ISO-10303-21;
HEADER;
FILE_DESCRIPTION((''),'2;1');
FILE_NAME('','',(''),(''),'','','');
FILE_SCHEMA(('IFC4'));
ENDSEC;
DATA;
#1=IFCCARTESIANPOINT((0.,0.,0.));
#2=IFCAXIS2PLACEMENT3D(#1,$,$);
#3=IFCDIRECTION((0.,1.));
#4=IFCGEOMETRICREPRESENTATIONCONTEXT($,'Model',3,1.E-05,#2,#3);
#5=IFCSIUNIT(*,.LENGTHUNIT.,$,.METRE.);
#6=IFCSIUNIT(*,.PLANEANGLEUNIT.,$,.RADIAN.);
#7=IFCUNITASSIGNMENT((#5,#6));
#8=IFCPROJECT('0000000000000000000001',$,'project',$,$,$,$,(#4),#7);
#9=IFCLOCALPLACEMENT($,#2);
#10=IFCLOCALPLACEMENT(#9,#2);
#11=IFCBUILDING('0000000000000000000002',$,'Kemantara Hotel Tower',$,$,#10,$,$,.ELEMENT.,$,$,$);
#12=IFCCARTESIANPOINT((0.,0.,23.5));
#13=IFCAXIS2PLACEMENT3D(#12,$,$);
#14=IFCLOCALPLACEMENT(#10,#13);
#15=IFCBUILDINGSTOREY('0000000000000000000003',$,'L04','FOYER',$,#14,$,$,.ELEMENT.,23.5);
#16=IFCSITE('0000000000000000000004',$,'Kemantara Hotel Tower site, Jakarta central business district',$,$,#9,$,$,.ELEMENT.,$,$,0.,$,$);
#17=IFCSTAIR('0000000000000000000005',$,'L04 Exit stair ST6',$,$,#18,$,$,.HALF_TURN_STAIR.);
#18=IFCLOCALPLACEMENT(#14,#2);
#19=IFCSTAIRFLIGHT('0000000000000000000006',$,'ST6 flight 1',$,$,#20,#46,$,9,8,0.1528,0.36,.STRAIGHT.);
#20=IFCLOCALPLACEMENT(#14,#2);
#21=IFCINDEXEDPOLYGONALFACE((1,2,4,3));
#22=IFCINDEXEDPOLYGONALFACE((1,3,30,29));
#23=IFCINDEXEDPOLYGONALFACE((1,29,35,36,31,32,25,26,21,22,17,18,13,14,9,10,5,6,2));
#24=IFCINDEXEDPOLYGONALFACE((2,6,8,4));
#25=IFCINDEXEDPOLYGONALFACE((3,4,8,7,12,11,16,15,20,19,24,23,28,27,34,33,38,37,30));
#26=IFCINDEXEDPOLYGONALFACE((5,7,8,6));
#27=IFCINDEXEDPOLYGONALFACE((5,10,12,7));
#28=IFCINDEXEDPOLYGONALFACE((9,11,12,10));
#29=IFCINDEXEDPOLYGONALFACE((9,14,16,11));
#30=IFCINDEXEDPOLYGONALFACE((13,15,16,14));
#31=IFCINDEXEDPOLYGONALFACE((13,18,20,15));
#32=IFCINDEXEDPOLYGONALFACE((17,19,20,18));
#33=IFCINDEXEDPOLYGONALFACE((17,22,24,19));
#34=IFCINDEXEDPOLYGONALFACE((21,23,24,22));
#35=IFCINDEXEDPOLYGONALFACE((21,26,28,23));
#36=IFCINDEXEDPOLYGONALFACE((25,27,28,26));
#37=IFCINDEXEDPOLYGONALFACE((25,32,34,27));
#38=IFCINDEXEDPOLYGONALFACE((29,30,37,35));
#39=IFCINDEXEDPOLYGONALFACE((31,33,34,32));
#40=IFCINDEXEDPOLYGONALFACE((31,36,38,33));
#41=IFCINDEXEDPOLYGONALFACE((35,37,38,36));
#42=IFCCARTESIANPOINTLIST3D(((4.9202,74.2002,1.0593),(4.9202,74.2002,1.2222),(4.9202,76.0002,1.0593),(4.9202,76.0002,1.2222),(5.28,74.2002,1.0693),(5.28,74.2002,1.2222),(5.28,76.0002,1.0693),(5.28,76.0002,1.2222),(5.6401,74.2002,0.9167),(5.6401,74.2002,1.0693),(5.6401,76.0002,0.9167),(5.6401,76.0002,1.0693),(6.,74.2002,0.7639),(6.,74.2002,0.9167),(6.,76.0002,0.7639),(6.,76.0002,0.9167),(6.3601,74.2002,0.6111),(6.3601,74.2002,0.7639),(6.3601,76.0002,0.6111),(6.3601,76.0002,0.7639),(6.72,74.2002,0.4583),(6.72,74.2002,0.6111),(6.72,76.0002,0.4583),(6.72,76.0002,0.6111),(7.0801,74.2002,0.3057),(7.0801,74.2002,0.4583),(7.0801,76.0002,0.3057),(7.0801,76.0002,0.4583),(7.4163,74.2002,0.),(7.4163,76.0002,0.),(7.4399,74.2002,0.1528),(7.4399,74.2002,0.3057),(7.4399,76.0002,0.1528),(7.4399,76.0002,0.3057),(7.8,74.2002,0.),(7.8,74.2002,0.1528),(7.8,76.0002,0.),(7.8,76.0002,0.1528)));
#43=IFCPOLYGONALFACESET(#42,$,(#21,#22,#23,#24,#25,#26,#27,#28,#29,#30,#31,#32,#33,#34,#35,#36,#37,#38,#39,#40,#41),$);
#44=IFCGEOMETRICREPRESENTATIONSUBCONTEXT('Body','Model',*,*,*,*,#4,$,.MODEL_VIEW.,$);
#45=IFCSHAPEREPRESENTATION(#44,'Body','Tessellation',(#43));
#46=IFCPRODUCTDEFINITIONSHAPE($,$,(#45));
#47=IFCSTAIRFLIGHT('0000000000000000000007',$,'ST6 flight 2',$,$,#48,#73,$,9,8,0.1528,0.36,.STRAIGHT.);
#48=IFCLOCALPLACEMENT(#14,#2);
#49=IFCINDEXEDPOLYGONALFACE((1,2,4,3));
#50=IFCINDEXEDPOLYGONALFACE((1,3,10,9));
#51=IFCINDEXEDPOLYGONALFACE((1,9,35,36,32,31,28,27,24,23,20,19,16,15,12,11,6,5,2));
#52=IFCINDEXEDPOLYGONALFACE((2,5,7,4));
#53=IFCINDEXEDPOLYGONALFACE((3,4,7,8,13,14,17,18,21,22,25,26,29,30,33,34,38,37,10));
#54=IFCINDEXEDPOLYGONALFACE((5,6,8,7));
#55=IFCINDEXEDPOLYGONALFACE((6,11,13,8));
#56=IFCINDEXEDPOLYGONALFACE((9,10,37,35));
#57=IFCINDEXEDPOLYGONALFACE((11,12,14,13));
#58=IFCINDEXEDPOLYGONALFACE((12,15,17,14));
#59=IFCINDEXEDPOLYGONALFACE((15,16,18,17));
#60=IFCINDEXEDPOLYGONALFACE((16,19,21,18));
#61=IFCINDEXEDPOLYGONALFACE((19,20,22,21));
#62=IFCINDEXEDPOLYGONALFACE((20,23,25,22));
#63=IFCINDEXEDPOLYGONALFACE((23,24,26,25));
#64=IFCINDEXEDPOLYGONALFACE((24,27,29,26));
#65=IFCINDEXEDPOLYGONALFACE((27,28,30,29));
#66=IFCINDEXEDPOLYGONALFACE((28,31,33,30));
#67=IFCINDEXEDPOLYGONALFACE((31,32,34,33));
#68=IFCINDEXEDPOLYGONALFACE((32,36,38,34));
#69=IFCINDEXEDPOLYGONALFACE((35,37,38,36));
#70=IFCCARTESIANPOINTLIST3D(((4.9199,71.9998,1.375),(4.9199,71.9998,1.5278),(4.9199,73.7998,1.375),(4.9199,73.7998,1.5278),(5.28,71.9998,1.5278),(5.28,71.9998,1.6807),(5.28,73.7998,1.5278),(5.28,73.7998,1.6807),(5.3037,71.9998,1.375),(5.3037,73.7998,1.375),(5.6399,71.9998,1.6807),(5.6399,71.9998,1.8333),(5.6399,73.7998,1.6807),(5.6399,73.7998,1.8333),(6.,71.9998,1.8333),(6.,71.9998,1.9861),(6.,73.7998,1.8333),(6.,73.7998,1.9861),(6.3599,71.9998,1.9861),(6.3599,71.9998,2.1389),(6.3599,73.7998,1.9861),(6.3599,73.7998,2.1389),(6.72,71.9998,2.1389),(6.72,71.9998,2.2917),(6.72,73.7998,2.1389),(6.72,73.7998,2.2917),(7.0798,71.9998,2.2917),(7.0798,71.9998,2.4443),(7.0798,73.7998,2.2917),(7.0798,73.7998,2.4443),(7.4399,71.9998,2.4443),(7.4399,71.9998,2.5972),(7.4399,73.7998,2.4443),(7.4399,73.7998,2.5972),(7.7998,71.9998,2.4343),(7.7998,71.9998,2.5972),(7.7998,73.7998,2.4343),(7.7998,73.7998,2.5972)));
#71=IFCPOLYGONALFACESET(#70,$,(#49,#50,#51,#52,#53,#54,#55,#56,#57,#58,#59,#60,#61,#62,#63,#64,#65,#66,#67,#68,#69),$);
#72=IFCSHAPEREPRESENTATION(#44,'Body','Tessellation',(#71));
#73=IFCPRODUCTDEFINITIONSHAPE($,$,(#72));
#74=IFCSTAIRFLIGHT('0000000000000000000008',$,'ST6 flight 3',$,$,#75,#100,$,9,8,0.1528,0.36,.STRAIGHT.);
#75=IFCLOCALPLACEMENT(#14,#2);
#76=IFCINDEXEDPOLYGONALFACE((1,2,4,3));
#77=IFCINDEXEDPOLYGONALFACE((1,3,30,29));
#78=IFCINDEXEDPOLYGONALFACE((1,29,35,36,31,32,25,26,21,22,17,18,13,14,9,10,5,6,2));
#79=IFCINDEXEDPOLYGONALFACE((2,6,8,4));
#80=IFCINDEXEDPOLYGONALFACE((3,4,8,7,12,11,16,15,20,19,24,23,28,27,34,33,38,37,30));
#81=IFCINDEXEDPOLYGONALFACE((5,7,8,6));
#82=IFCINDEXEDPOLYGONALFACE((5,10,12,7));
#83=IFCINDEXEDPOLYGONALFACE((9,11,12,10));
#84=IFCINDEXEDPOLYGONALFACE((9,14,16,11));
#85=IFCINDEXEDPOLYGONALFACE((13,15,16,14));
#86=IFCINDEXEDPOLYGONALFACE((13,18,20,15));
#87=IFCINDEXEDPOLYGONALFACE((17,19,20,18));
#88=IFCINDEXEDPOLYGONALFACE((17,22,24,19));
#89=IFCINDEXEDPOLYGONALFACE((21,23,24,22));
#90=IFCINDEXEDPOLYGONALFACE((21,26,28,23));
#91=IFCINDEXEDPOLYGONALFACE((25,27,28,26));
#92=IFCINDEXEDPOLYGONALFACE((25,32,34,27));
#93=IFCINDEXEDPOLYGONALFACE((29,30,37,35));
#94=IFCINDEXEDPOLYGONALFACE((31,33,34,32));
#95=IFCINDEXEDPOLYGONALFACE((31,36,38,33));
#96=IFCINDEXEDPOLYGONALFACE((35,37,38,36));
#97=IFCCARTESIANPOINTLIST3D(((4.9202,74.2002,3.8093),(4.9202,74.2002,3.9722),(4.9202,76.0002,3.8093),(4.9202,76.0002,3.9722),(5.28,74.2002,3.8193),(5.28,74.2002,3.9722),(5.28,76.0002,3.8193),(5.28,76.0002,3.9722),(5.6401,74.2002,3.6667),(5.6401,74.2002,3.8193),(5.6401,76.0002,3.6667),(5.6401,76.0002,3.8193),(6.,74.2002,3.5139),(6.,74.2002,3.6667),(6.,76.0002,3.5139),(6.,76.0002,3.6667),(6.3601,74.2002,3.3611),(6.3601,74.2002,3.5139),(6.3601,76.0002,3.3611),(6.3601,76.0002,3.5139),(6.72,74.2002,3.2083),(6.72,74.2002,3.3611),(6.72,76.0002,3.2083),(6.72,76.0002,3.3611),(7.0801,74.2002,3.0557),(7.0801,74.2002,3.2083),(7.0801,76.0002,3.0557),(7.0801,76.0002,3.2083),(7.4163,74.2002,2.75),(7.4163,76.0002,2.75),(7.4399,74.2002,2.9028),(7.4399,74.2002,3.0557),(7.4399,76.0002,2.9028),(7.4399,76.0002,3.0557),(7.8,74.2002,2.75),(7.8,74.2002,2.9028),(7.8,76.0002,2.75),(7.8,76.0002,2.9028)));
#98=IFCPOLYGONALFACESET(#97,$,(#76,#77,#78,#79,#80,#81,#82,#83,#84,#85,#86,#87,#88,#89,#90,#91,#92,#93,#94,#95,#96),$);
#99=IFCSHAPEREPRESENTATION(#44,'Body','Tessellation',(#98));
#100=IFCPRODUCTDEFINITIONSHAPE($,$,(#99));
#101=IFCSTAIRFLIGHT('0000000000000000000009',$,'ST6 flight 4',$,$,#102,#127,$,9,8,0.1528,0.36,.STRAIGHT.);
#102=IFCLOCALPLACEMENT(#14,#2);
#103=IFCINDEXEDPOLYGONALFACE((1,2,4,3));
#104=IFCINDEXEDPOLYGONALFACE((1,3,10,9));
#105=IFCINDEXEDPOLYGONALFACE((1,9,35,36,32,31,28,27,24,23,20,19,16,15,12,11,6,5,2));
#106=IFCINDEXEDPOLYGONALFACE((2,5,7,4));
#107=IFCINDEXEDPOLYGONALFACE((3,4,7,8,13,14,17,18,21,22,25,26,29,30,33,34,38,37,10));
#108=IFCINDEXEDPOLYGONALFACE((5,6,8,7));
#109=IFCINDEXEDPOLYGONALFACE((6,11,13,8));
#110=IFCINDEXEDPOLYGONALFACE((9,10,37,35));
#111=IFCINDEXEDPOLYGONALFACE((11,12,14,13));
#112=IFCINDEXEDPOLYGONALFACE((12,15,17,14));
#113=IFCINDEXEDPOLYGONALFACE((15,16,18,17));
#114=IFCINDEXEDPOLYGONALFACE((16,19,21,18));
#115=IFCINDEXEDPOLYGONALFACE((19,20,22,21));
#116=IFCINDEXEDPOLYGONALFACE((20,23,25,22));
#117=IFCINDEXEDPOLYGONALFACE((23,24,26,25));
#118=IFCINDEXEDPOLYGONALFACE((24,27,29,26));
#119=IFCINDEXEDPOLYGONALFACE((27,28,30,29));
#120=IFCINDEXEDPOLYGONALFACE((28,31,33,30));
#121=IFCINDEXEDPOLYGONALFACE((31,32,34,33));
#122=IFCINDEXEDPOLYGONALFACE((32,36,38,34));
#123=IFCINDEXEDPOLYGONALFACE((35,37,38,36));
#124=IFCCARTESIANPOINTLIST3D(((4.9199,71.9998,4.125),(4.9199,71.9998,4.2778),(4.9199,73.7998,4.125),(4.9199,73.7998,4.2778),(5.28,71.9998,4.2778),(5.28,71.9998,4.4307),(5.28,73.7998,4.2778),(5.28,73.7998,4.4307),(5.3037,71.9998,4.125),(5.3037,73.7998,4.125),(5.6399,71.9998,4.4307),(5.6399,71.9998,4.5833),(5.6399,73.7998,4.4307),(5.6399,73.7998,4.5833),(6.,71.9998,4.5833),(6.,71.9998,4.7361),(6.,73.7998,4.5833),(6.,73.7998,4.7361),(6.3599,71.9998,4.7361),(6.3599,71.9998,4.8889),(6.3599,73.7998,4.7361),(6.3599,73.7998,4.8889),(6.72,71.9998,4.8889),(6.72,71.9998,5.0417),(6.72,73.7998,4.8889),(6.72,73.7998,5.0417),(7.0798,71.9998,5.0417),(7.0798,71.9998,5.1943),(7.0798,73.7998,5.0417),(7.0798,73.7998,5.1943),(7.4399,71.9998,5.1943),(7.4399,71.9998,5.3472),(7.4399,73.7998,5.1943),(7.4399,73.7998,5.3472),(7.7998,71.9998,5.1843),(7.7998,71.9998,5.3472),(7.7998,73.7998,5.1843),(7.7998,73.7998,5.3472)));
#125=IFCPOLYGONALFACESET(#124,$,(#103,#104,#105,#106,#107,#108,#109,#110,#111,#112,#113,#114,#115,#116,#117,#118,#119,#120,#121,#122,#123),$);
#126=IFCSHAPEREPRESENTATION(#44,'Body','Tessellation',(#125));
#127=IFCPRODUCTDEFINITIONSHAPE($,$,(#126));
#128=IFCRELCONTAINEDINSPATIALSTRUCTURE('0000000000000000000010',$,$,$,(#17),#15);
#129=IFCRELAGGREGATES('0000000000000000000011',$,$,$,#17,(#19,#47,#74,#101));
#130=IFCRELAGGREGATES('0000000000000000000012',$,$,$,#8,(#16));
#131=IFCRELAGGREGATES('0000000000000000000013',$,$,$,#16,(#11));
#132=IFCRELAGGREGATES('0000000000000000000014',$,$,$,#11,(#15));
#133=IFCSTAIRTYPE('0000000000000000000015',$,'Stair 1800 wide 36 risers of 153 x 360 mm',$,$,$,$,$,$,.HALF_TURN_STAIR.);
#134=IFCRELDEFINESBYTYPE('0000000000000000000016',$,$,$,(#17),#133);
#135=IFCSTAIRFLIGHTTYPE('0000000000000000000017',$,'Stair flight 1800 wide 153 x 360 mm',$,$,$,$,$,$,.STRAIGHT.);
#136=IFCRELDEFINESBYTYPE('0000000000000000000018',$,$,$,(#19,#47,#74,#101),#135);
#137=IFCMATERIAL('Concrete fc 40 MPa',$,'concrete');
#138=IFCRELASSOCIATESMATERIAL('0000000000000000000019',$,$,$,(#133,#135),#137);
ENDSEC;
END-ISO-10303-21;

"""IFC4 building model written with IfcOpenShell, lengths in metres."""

from ifc_helpers import new_model, si_unit, direction, frame, origin, place, context, subcontext, project, spatial, polyline, outline, extrude, material, type_object, element, aggregate, save


model = new_model("IFC4")

# Units and contexts
model_context = context("Model", 3, precision=1e-05, world=origin(), true_north=direction((0.0, 1.0)))
body_context = subcontext(model_context, "Body", "Model", "MODEL_VIEW")
ifc_project = project(units=[si_unit("LENGTHUNIT", "METRE"), si_unit("PLANEANGLEUNIT", "RADIAN")], contexts=[model_context])

# Site, building, storey
site_placement = place(None, origin())
site = spatial("IfcSite", under=ifc_project, at=site_placement, Name="Kemantara Hotel Tower site, Jakarta central business district", CompositionType="ELEMENT", RefElevation=0.0)
building_placement = place(site_placement, origin())
building = spatial("IfcBuilding", under=site, at=building_placement, Name="Kemantara Hotel Tower", CompositionType="ELEMENT")
storey_placement = place(building_placement, frame((0.0, 0.0, 23.5)))
storey = spatial("IfcBuildingStorey", under=building, at=storey_placement, Name="L04", Description="FOYER", CompositionType="ELEMENT", Elevation=23.5)

# Shared definitions
ifc_material_1 = material(Name="Concrete fc 40 MPa", Category="concrete")

# Stair, stair flights
stair_type = type_object("IfcStairType", Name="Stair 1800 wide 36 risers of 153 x 360 mm", PredefinedType="HALF_TURN_STAIR", material=ifc_material_1)
stair_placement = place(storey_placement, origin())
stair = element("IfcStair", 1, at=stair_placement, inside=storey, type_object=stair_type, Name="L04 Exit stair ST6", PredefinedType="HALF_TURN_STAIR")
stair_flight_type = type_object("IfcStairFlightType", Name="Stair flight 1800 wide 153 x 360 mm", PredefinedType="STRAIGHT", material=ifc_material_1)
stair_flight_1_placement = place(storey_placement, frame((7.8, 75.1001, 0.0), z_axis=(0.0, 0.0, 1.0), x_axis=(-1.0, 0.0, 0.0)))
stair_flight_1 = element("IfcStairFlight", 2, at=stair_flight_1_placement, type_object=stair_flight_type, Name="ST6 flight 1", NumberOfRisers=9, NumberOfTreads=8, PredefinedType="STRAIGHT", RiserHeight=0.1528, TreadLength=0.36, context=body_context, shape_type="SweptSolid", body=[
    extrude(outline(polyline([(0.0, 0.0), (0.0, 0.1528), (0.3601, 0.1528), (0.3601, 0.3057), (0.72, 0.3057), (0.72, 0.4583), (1.0801, 0.4583), (1.0801, 0.6111), (1.4399, 0.6111), (1.4399, 0.7639), (1.8, 0.7639), (1.8, 0.9167), (2.1599, 0.9167), (2.1599, 1.0693), (2.52, 1.0693), (2.52, 1.2222), (2.8799, 1.2222), (2.8799, 1.375), (2.8799, 1.0593), (0.3838, 0.0), (0.0, 0.0)])), frame((0.0, 0.8999, 0.0), z_axis=(0.0, -1.0, 0.0), x_axis=(1.0, 0.0, 0.0)), (0.0, 0.0, 1.0), 1.8),
])
stair_flight_2_placement = place(storey_placement, frame((4.9199, 72.8999, 1.375), z_axis=(0.0, 0.0, 1.0), x_axis=(1.0, 0.0, 0.0)))
stair_flight_2 = element("IfcStairFlight", 3, at=stair_flight_2_placement, type_object=stair_flight_type, Name="ST6 flight 2", NumberOfRisers=9, NumberOfTreads=8, PredefinedType="STRAIGHT", RiserHeight=0.1528, TreadLength=0.36, context=body_context, shape_type="SweptSolid", body=[
    extrude(outline(polyline([(0.0, 0.0), (0.0, 0.1528), (0.3601, 0.1528), (0.3601, 0.3057), (0.72, 0.3057), (0.72, 0.4583), (1.0801, 0.4583), (1.0801, 0.6111), (1.4399, 0.6111), (1.4399, 0.7639), (1.8, 0.7639), (1.8, 0.9167), (2.1599, 0.9167), (2.1599, 1.0693), (2.52, 1.0693), (2.52, 1.2222), (2.8799, 1.2222), (2.8799, 1.375), (2.8799, 1.0593), (0.3838, 0.0), (0.0, 0.0)])), frame((0.0, 0.8999, 0.0), z_axis=(0.0, -1.0, 0.0), x_axis=(1.0, 0.0, 0.0)), (0.0, 0.0, 1.0), 1.8),
])
stair_flight_3_placement = place(storey_placement, frame((7.8, 75.1001, 2.75), z_axis=(0.0, 0.0, 1.0), x_axis=(-1.0, 0.0, 0.0)))
stair_flight_3 = element("IfcStairFlight", 4, at=stair_flight_3_placement, type_object=stair_flight_type, Name="ST6 flight 3", NumberOfRisers=9, NumberOfTreads=8, PredefinedType="STRAIGHT", RiserHeight=0.1528, TreadLength=0.36, context=body_context, shape_type="SweptSolid", body=[
    extrude(outline(polyline([(0.0, 0.0), (0.0, 0.1528), (0.3601, 0.1528), (0.3601, 0.3057), (0.72, 0.3057), (0.72, 0.4583), (1.0801, 0.4583), (1.0801, 0.6111), (1.4399, 0.6111), (1.4399, 0.7639), (1.8, 0.7639), (1.8, 0.9167), (2.1599, 0.9167), (2.1599, 1.0693), (2.52, 1.0693), (2.52, 1.2222), (2.8799, 1.2222), (2.8799, 1.375), (2.8799, 1.0593), (0.3838, 0.0), (0.0, 0.0)])), frame((0.0, 0.8999, 0.0), z_axis=(0.0, -1.0, 0.0), x_axis=(1.0, 0.0, 0.0)), (0.0, 0.0, 1.0), 1.8),
])
stair_flight_4_placement = place(storey_placement, frame((4.9199, 72.8999, 4.125), z_axis=(0.0, 0.0, 1.0), x_axis=(1.0, 0.0, 0.0)))
stair_flight_4 = element("IfcStairFlight", 5, at=stair_flight_4_placement, type_object=stair_flight_type, Name="ST6 flight 4", NumberOfRisers=9, NumberOfTreads=8, PredefinedType="STRAIGHT", RiserHeight=0.1528, TreadLength=0.36, context=body_context, shape_type="SweptSolid", body=[
    extrude(outline(polyline([(0.0, 0.0), (0.0, 0.1528), (0.3601, 0.1528), (0.3601, 0.3057), (0.72, 0.3057), (0.72, 0.4583), (1.0801, 0.4583), (1.0801, 0.6111), (1.4399, 0.6111), (1.4399, 0.7639), (1.8, 0.7639), (1.8, 0.9167), (2.1599, 0.9167), (2.1599, 1.0693), (2.52, 1.0693), (2.52, 1.2222), (2.8799, 1.2222), (2.8799, 1.375), (2.8799, 1.0593), (0.3838, 0.0), (0.0, 0.0)])), frame((0.0, 0.8999, 0.0), z_axis=(0.0, -1.0, 0.0), x_axis=(1.0, 0.0, 0.0)), (0.0, 0.0, 1.0), 1.8),
])
aggregate(stair, [stair_flight_1, stair_flight_2, stair_flight_3, stair_flight_4])

save(model, "model.ifc")
